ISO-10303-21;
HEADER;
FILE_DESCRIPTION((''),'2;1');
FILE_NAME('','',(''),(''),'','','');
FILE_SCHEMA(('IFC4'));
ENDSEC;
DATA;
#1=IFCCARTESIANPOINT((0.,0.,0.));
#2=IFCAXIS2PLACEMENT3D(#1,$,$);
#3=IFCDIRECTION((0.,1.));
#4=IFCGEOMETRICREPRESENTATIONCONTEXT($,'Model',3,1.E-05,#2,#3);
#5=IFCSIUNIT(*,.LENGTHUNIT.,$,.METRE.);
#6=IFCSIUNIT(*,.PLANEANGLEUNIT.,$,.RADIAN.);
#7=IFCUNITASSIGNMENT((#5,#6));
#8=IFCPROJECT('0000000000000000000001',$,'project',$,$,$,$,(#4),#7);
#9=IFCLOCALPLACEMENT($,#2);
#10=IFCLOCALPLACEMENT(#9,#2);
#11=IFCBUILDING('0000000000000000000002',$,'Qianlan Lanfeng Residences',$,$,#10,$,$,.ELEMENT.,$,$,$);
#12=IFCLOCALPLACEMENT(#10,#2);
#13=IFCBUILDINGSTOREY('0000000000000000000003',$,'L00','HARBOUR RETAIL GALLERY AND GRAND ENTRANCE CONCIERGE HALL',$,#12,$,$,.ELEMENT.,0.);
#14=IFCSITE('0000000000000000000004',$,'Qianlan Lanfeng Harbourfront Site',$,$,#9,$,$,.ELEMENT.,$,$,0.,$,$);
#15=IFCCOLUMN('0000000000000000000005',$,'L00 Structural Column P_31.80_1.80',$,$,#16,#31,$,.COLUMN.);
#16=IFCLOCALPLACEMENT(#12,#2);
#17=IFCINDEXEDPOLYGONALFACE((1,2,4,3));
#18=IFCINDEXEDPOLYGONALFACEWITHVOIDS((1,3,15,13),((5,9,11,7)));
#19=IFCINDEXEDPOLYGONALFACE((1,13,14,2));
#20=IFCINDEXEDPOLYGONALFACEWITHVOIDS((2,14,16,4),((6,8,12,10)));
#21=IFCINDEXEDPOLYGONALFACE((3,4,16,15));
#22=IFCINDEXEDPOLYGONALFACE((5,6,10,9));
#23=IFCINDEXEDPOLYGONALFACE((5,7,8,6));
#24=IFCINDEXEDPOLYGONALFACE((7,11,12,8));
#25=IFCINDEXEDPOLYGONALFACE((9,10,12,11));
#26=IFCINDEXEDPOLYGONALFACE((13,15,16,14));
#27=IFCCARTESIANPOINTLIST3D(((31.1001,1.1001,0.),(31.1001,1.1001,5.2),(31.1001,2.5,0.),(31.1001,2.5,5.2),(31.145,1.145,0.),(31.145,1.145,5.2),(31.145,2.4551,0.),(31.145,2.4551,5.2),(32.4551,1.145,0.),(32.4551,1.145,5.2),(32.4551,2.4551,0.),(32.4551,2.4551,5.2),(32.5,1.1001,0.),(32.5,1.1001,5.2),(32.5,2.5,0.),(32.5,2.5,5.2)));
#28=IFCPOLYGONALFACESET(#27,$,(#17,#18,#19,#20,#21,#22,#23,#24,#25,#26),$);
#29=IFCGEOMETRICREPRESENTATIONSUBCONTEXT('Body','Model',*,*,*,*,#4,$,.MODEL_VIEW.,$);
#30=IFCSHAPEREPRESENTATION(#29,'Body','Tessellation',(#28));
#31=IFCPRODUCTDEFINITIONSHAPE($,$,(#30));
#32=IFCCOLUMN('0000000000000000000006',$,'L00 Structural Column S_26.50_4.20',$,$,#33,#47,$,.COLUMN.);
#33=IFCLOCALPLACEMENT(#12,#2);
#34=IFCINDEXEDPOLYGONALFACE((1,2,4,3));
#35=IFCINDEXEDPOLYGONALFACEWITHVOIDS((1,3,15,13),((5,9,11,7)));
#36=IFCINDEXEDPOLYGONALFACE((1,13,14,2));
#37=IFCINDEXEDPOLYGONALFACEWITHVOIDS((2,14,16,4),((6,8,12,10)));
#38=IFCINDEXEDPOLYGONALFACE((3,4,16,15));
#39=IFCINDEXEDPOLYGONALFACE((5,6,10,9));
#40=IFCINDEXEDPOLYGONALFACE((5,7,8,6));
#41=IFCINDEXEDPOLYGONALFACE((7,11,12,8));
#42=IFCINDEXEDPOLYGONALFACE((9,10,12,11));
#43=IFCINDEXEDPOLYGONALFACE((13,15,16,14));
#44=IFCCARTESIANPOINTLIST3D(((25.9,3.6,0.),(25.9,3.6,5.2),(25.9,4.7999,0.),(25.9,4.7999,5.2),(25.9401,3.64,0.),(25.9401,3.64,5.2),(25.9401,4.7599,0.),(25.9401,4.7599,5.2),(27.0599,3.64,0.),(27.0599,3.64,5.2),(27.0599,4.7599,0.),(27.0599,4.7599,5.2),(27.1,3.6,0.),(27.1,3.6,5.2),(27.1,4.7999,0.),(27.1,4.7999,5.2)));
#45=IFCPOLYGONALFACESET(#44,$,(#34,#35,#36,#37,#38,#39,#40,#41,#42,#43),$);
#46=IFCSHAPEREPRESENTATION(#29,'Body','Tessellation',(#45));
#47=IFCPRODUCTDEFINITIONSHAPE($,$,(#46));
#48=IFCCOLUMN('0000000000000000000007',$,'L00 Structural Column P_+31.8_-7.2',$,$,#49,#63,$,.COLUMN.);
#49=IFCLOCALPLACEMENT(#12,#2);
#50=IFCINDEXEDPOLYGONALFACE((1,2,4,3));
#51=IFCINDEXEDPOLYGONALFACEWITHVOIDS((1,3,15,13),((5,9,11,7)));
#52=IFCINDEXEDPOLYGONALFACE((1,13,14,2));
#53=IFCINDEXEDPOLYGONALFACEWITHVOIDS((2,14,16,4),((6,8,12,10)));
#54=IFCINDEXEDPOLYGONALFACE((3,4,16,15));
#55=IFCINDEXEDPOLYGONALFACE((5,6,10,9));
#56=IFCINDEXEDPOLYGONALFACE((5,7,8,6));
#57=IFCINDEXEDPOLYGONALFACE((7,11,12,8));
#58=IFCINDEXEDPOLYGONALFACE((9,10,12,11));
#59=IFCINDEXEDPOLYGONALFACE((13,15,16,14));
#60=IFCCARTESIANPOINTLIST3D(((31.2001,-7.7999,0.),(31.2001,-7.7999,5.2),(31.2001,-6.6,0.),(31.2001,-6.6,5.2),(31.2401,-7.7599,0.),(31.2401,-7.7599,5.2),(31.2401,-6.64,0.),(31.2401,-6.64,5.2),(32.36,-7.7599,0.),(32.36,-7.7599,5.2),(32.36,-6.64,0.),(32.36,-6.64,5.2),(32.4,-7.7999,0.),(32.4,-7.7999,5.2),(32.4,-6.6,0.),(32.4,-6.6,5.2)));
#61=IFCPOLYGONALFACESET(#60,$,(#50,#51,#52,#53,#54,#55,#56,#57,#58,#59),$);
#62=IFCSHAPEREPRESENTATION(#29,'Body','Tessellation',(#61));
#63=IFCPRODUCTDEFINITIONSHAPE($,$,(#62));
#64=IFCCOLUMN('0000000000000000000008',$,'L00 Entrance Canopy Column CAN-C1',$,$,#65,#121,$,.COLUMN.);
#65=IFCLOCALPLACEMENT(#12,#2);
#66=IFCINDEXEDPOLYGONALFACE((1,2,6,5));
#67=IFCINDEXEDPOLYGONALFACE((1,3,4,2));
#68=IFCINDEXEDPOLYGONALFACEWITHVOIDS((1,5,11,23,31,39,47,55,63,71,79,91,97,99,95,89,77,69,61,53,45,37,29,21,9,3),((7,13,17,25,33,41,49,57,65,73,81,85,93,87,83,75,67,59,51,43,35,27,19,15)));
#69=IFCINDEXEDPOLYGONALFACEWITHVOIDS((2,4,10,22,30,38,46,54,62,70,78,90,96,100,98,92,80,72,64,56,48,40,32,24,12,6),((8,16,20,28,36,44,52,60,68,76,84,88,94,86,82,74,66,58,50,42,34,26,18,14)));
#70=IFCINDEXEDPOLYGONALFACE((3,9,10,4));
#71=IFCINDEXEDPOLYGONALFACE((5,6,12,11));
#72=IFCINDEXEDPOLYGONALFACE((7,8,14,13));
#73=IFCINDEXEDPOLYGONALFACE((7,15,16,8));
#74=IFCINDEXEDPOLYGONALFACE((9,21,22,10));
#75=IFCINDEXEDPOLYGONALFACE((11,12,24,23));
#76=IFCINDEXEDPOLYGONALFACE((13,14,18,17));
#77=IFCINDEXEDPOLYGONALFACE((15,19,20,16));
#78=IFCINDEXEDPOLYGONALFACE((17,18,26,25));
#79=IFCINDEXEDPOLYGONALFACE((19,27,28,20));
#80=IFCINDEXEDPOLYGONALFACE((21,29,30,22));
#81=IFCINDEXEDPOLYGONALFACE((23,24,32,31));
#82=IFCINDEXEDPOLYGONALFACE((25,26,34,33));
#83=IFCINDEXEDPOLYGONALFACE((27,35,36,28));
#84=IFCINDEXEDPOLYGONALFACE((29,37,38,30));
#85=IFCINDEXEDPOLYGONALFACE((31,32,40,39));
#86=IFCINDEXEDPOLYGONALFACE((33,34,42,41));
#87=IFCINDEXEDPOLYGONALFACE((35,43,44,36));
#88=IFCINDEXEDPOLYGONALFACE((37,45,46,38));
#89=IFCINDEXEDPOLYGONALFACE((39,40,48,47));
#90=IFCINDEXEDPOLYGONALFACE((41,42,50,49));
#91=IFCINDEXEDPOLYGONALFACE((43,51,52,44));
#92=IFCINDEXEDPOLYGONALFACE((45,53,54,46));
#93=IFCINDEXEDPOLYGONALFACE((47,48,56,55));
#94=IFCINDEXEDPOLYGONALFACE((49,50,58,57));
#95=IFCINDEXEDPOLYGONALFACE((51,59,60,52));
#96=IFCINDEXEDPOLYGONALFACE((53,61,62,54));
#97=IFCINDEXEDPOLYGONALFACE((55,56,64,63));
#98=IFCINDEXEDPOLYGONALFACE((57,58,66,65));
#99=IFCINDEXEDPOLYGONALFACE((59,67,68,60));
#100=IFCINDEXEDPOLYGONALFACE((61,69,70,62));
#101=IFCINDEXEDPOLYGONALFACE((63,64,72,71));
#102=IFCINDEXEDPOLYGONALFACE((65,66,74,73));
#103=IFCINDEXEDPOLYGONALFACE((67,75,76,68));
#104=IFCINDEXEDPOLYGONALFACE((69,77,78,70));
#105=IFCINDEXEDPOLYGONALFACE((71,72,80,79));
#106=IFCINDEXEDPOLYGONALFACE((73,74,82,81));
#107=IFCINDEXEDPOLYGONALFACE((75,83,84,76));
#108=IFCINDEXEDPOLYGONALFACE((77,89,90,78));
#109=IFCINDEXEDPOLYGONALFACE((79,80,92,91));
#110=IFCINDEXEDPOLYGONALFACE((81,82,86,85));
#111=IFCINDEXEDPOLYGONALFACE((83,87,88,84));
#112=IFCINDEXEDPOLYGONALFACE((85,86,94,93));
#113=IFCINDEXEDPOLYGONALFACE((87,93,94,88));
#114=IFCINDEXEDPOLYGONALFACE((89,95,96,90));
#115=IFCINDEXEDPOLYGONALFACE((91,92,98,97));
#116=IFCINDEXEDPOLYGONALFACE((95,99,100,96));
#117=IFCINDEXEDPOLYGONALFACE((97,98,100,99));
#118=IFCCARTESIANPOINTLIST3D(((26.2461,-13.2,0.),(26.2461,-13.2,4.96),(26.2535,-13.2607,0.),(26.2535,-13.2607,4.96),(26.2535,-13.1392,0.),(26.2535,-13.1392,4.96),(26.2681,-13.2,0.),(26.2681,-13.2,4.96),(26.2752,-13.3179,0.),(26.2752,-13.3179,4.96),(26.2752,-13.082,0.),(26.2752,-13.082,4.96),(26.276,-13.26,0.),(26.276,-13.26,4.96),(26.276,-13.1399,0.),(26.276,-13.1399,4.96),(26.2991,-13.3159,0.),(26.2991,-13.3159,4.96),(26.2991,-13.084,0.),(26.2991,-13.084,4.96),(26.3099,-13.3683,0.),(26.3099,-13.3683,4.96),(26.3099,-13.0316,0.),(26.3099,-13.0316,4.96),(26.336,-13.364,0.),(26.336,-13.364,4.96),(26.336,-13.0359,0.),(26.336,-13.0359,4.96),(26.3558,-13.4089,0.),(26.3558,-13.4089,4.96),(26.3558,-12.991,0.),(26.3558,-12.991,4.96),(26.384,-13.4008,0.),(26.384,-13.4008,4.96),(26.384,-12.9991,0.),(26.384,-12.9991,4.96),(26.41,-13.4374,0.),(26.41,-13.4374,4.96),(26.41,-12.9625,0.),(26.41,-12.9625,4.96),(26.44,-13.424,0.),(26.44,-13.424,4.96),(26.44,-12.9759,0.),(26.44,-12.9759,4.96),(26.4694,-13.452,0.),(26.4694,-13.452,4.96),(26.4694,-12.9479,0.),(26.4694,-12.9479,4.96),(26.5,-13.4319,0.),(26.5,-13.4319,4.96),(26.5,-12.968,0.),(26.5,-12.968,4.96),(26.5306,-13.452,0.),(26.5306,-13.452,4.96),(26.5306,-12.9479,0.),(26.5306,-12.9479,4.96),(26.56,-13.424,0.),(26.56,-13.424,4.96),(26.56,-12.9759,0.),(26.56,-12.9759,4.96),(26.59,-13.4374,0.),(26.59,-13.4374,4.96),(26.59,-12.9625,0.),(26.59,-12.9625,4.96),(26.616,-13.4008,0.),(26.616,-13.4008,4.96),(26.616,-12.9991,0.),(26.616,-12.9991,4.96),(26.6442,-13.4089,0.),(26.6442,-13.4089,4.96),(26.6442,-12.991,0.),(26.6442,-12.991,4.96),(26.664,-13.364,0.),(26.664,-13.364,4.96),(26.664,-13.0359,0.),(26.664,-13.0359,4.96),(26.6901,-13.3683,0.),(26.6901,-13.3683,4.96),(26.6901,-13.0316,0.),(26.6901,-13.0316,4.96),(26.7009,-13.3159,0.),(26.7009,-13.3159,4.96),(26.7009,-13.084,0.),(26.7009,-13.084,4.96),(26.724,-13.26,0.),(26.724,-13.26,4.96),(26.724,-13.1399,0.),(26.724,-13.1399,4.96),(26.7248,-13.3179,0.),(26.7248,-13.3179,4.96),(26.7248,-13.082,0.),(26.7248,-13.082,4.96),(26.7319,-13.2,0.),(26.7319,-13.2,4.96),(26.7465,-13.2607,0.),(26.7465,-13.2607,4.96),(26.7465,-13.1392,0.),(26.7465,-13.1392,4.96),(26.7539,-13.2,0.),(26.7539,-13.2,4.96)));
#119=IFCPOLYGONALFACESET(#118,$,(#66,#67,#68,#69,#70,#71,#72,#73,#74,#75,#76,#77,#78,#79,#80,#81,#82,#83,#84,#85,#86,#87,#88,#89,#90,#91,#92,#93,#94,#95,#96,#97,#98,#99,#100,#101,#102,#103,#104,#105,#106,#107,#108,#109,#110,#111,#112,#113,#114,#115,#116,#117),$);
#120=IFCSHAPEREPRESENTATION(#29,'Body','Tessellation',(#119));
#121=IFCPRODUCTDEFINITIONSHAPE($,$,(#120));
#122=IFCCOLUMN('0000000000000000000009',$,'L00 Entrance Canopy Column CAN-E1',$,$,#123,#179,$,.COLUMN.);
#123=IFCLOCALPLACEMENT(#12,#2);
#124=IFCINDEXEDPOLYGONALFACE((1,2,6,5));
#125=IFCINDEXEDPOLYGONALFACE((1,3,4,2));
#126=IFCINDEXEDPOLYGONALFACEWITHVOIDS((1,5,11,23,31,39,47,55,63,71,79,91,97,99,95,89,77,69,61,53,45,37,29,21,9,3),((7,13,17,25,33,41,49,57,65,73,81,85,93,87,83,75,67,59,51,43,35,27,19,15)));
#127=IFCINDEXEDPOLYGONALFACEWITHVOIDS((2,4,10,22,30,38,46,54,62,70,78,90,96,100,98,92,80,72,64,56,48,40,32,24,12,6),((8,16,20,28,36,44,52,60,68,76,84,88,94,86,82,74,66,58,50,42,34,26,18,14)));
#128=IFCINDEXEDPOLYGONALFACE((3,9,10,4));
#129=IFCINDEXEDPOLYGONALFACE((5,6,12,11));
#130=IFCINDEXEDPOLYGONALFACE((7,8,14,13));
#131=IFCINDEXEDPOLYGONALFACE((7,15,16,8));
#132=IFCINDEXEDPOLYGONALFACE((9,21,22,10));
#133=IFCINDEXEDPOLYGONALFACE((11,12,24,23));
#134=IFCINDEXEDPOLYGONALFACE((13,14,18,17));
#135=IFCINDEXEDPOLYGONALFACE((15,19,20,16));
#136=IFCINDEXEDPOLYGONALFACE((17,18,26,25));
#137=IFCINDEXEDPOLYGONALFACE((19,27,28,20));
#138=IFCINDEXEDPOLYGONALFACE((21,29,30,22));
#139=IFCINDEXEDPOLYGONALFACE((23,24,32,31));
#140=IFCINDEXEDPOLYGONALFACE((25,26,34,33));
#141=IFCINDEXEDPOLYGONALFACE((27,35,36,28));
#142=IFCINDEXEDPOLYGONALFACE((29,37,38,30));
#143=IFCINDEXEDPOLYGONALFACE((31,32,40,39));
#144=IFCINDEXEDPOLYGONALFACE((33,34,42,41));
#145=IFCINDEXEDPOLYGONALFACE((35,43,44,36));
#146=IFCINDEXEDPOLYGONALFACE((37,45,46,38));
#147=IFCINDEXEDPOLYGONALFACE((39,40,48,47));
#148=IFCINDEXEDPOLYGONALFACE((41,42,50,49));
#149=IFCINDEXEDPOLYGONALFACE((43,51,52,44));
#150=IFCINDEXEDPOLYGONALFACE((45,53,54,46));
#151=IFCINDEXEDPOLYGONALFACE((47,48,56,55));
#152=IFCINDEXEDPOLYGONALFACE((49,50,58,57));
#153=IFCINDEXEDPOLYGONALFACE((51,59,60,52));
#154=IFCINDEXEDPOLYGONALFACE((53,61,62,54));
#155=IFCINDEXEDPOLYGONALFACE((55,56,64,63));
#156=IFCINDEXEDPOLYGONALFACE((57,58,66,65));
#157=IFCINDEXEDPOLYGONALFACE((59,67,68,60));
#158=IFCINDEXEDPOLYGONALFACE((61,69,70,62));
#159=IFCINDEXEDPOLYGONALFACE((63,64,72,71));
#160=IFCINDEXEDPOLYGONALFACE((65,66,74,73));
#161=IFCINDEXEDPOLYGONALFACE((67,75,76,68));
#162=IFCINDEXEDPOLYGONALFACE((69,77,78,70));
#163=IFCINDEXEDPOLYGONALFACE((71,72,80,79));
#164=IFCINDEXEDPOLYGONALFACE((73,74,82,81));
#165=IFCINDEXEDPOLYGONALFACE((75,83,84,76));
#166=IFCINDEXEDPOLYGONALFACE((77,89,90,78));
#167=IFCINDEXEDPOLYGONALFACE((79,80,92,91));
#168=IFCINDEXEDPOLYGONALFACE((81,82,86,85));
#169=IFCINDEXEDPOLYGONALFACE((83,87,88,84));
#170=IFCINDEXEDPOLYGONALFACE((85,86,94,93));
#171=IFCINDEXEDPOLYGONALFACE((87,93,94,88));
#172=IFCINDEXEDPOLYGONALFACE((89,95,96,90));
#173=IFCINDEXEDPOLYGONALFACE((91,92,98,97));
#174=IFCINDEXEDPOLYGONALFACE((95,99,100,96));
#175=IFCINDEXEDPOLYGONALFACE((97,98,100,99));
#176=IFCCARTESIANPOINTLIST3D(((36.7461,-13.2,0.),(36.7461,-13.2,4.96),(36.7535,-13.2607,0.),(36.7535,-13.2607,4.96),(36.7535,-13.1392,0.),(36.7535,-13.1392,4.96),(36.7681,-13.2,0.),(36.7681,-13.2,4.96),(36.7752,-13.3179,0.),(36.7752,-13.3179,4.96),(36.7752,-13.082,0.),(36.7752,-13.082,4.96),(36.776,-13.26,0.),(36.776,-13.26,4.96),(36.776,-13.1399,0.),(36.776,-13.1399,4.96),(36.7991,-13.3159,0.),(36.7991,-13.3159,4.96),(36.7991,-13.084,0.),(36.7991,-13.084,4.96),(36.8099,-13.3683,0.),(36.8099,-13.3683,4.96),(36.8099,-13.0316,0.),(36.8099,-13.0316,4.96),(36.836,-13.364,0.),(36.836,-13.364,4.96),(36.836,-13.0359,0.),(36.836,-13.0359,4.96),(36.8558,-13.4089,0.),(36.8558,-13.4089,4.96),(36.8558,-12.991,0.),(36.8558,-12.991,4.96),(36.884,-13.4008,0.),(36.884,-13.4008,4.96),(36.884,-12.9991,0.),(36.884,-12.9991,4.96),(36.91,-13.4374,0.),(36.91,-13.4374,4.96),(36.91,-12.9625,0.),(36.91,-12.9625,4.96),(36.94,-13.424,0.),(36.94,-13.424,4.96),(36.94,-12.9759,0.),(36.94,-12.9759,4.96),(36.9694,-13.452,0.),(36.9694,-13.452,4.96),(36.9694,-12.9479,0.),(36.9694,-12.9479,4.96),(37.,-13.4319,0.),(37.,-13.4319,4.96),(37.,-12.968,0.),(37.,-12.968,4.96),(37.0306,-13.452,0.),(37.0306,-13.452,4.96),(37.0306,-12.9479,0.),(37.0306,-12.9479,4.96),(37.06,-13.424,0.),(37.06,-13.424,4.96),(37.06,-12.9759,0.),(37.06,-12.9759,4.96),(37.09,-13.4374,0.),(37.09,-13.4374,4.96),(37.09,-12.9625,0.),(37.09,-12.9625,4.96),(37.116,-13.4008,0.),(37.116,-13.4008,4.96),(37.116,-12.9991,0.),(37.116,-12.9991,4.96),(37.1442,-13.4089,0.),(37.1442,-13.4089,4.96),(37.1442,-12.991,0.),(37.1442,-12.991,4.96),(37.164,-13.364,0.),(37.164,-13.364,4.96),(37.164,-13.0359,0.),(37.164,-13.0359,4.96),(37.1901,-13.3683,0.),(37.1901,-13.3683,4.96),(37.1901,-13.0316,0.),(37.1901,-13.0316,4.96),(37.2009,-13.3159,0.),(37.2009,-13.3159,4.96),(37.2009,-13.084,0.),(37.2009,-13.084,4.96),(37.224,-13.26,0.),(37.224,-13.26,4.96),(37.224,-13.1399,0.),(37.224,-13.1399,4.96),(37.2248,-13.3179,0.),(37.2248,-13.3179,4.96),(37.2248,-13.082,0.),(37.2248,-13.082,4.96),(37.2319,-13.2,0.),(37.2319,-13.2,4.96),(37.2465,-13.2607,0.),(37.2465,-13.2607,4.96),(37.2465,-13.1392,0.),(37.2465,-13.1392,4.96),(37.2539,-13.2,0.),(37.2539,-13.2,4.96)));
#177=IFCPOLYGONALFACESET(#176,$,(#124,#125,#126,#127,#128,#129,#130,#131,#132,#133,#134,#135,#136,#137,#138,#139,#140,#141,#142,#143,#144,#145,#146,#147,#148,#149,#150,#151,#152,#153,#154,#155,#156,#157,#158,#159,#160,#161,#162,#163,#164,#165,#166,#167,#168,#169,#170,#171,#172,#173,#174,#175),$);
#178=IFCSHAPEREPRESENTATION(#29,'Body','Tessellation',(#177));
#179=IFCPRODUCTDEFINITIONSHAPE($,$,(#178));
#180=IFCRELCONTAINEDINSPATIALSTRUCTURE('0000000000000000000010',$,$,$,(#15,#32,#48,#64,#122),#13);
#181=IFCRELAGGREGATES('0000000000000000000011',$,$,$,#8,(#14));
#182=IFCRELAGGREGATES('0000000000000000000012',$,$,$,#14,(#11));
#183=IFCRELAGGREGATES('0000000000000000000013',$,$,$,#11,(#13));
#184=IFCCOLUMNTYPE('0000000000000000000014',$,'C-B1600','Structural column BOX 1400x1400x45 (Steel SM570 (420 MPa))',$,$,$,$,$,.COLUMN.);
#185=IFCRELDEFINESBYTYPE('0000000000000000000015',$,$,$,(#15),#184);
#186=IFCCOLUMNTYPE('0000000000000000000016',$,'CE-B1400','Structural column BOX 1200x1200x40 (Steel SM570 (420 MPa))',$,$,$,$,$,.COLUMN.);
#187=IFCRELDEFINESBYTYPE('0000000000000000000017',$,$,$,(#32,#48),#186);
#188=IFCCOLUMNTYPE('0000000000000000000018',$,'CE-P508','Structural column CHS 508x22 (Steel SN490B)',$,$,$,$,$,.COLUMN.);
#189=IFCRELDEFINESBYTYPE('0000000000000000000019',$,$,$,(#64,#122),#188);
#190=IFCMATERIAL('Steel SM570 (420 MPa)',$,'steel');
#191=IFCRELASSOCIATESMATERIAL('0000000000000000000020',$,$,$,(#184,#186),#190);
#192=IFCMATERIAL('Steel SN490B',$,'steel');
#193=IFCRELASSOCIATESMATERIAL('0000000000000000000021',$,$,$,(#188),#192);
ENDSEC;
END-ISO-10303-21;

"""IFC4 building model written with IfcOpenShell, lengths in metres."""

from ifc_helpers import new_model, si_unit, direction, frame, origin, origin_2d, place, context, subcontext, project, spatial, hollow_rectangle, hollow_circle, extrude, material, material_profile, profile_set, type_object, element, save


model = new_model("IFC4")

# Units and contexts
model_context = context("Model", 3, precision=1e-05, world=origin(), true_north=direction((0.0, 1.0)))
body_context = subcontext(model_context, "Body", "Model", "MODEL_VIEW")
ifc_project = project(units=[si_unit("LENGTHUNIT", "METRE"), si_unit("PLANEANGLEUNIT", "RADIAN")], contexts=[model_context])

# Site, building, storey
site_placement = place(None, origin())
site = spatial("IfcSite", under=ifc_project, at=site_placement, Name="Qianlan Lanfeng Harbourfront Site", CompositionType="ELEMENT", RefElevation=0.0)
building_placement = place(site_placement, origin())
building = spatial("IfcBuilding", under=site, at=building_placement, Name="Qianlan Lanfeng Residences", CompositionType="ELEMENT")
storey_placement = place(building_placement, origin())
storey = spatial("IfcBuildingStorey", under=building, at=storey_placement, Name="L00", Description="HARBOUR RETAIL GALLERY AND GRAND ENTRANCE CONCIERGE HALL", CompositionType="ELEMENT", Elevation=0.0)

# Columns
ifc_material_1 = material(Name="Steel SM570 (420 MPa)", Category="steel")
ifc_material_profile_1 = material_profile(ifc_material_1, hollow_rectangle(XDim=1.3999, YDim=1.3999, WallThickness=0.0449, at=origin_2d()), Name="BOX 1400x1400x45")
ifc_profile_set_1 = profile_set([ifc_material_profile_1], Name="Steel SM570 (420 MPa)")
column_type_1 = type_object("IfcColumnType", Name="C-B1600", Description="Structural column BOX 1400x1400x45 (Steel SM570 (420 MPa))", PredefinedType="COLUMN", material=ifc_profile_set_1)
column_placement = place(storey_placement, frame((31.8, 1.8, 0.0), z_axis=(0.0, 0.0, 1.0), x_axis=(1.0, 0.0, 0.0)))
element("IfcColumn", 1, at=column_placement, inside=storey, type_object=column_type_1, Name="L00 Structural Column P_31.80_1.80", PredefinedType="COLUMN", context=body_context, shape_type="SweptSolid", body=[
    extrude(hollow_rectangle(XDim=1.3999, YDim=1.3999, WallThickness=0.0449, at=origin_2d()), origin(), (0.0, 0.0, 1.0), 5.2),
])
ifc_material_profile_2 = material_profile(ifc_material_1, hollow_rectangle(XDim=1.2, YDim=1.2, WallThickness=0.04, at=origin_2d()), Name="BOX 1200x1200x40")
ifc_profile_set_2 = profile_set([ifc_material_profile_2], Name="Steel SM570 (420 MPa)")
column_type_2 = type_object("IfcColumnType", Name="CE-B1400", Description="Structural column BOX 1200x1200x40 (Steel SM570 (420 MPa))", PredefinedType="COLUMN", material=ifc_profile_set_2)
for number, where, z_axis, x_axis, name in (
    (2, (26.5, 4.2, 0.0), (0.0, 0.0, 1.0), (1.0, 0.0, 0.0), "L00 Structural Column S_26.50_4.20"),
    (3, (31.8, -7.2, 0.0), (0.0, 0.0, 1.0), (1.0, 0.0, 0.0), "L00 Structural Column P_+31.8_-7.2"),
):
    element("IfcColumn", number, at=place(storey_placement, frame(where, z_axis=z_axis, x_axis=x_axis)), inside=storey, type_object=column_type_2, Name=name, PredefinedType="COLUMN", context=body_context, shape_type="SweptSolid", body=[
        extrude(hollow_rectangle(XDim=1.2, YDim=1.2, WallThickness=0.04, at=origin_2d()), origin(), (0.0, 0.0, 1.0), 5.2),
    ])
ifc_material_2 = material(Name="Steel SN490B", Category="steel")
ifc_material_profile_3 = material_profile(ifc_material_2, hollow_circle(Radius=0.2539, WallThickness=0.022, at=origin_2d()), Name="CHS 508x22")
ifc_profile_set_3 = profile_set([ifc_material_profile_3], Name="Steel SN490B")
column_type_3 = type_object("IfcColumnType", Name="CE-P508", Description="Structural column CHS 508x22 (Steel SN490B)", PredefinedType="COLUMN", material=ifc_profile_set_3)
for number, where, z_axis, x_axis, name in (
    (4, (26.5, -13.2, 0.0), (0.0, 0.0, 1.0), (1.0, 0.0, 0.0), "L00 Entrance Canopy Column CAN-C1"),
    (5, (37.0, -13.2, 0.0), (0.0, 0.0, 1.0), (1.0, 0.0, 0.0), "L00 Entrance Canopy Column CAN-E1"),
):
    element("IfcColumn", number, at=place(storey_placement, frame(where, z_axis=z_axis, x_axis=x_axis)), inside=storey, type_object=column_type_3, Name=name, PredefinedType="COLUMN", context=body_context, shape_type="SweptSolid", body=[
        extrude(hollow_circle(Radius=0.2539, WallThickness=0.022, at=origin_2d()), origin(), (0.0, 0.0, 1.0), 4.96),
    ])

save(model, "model.ifc")
